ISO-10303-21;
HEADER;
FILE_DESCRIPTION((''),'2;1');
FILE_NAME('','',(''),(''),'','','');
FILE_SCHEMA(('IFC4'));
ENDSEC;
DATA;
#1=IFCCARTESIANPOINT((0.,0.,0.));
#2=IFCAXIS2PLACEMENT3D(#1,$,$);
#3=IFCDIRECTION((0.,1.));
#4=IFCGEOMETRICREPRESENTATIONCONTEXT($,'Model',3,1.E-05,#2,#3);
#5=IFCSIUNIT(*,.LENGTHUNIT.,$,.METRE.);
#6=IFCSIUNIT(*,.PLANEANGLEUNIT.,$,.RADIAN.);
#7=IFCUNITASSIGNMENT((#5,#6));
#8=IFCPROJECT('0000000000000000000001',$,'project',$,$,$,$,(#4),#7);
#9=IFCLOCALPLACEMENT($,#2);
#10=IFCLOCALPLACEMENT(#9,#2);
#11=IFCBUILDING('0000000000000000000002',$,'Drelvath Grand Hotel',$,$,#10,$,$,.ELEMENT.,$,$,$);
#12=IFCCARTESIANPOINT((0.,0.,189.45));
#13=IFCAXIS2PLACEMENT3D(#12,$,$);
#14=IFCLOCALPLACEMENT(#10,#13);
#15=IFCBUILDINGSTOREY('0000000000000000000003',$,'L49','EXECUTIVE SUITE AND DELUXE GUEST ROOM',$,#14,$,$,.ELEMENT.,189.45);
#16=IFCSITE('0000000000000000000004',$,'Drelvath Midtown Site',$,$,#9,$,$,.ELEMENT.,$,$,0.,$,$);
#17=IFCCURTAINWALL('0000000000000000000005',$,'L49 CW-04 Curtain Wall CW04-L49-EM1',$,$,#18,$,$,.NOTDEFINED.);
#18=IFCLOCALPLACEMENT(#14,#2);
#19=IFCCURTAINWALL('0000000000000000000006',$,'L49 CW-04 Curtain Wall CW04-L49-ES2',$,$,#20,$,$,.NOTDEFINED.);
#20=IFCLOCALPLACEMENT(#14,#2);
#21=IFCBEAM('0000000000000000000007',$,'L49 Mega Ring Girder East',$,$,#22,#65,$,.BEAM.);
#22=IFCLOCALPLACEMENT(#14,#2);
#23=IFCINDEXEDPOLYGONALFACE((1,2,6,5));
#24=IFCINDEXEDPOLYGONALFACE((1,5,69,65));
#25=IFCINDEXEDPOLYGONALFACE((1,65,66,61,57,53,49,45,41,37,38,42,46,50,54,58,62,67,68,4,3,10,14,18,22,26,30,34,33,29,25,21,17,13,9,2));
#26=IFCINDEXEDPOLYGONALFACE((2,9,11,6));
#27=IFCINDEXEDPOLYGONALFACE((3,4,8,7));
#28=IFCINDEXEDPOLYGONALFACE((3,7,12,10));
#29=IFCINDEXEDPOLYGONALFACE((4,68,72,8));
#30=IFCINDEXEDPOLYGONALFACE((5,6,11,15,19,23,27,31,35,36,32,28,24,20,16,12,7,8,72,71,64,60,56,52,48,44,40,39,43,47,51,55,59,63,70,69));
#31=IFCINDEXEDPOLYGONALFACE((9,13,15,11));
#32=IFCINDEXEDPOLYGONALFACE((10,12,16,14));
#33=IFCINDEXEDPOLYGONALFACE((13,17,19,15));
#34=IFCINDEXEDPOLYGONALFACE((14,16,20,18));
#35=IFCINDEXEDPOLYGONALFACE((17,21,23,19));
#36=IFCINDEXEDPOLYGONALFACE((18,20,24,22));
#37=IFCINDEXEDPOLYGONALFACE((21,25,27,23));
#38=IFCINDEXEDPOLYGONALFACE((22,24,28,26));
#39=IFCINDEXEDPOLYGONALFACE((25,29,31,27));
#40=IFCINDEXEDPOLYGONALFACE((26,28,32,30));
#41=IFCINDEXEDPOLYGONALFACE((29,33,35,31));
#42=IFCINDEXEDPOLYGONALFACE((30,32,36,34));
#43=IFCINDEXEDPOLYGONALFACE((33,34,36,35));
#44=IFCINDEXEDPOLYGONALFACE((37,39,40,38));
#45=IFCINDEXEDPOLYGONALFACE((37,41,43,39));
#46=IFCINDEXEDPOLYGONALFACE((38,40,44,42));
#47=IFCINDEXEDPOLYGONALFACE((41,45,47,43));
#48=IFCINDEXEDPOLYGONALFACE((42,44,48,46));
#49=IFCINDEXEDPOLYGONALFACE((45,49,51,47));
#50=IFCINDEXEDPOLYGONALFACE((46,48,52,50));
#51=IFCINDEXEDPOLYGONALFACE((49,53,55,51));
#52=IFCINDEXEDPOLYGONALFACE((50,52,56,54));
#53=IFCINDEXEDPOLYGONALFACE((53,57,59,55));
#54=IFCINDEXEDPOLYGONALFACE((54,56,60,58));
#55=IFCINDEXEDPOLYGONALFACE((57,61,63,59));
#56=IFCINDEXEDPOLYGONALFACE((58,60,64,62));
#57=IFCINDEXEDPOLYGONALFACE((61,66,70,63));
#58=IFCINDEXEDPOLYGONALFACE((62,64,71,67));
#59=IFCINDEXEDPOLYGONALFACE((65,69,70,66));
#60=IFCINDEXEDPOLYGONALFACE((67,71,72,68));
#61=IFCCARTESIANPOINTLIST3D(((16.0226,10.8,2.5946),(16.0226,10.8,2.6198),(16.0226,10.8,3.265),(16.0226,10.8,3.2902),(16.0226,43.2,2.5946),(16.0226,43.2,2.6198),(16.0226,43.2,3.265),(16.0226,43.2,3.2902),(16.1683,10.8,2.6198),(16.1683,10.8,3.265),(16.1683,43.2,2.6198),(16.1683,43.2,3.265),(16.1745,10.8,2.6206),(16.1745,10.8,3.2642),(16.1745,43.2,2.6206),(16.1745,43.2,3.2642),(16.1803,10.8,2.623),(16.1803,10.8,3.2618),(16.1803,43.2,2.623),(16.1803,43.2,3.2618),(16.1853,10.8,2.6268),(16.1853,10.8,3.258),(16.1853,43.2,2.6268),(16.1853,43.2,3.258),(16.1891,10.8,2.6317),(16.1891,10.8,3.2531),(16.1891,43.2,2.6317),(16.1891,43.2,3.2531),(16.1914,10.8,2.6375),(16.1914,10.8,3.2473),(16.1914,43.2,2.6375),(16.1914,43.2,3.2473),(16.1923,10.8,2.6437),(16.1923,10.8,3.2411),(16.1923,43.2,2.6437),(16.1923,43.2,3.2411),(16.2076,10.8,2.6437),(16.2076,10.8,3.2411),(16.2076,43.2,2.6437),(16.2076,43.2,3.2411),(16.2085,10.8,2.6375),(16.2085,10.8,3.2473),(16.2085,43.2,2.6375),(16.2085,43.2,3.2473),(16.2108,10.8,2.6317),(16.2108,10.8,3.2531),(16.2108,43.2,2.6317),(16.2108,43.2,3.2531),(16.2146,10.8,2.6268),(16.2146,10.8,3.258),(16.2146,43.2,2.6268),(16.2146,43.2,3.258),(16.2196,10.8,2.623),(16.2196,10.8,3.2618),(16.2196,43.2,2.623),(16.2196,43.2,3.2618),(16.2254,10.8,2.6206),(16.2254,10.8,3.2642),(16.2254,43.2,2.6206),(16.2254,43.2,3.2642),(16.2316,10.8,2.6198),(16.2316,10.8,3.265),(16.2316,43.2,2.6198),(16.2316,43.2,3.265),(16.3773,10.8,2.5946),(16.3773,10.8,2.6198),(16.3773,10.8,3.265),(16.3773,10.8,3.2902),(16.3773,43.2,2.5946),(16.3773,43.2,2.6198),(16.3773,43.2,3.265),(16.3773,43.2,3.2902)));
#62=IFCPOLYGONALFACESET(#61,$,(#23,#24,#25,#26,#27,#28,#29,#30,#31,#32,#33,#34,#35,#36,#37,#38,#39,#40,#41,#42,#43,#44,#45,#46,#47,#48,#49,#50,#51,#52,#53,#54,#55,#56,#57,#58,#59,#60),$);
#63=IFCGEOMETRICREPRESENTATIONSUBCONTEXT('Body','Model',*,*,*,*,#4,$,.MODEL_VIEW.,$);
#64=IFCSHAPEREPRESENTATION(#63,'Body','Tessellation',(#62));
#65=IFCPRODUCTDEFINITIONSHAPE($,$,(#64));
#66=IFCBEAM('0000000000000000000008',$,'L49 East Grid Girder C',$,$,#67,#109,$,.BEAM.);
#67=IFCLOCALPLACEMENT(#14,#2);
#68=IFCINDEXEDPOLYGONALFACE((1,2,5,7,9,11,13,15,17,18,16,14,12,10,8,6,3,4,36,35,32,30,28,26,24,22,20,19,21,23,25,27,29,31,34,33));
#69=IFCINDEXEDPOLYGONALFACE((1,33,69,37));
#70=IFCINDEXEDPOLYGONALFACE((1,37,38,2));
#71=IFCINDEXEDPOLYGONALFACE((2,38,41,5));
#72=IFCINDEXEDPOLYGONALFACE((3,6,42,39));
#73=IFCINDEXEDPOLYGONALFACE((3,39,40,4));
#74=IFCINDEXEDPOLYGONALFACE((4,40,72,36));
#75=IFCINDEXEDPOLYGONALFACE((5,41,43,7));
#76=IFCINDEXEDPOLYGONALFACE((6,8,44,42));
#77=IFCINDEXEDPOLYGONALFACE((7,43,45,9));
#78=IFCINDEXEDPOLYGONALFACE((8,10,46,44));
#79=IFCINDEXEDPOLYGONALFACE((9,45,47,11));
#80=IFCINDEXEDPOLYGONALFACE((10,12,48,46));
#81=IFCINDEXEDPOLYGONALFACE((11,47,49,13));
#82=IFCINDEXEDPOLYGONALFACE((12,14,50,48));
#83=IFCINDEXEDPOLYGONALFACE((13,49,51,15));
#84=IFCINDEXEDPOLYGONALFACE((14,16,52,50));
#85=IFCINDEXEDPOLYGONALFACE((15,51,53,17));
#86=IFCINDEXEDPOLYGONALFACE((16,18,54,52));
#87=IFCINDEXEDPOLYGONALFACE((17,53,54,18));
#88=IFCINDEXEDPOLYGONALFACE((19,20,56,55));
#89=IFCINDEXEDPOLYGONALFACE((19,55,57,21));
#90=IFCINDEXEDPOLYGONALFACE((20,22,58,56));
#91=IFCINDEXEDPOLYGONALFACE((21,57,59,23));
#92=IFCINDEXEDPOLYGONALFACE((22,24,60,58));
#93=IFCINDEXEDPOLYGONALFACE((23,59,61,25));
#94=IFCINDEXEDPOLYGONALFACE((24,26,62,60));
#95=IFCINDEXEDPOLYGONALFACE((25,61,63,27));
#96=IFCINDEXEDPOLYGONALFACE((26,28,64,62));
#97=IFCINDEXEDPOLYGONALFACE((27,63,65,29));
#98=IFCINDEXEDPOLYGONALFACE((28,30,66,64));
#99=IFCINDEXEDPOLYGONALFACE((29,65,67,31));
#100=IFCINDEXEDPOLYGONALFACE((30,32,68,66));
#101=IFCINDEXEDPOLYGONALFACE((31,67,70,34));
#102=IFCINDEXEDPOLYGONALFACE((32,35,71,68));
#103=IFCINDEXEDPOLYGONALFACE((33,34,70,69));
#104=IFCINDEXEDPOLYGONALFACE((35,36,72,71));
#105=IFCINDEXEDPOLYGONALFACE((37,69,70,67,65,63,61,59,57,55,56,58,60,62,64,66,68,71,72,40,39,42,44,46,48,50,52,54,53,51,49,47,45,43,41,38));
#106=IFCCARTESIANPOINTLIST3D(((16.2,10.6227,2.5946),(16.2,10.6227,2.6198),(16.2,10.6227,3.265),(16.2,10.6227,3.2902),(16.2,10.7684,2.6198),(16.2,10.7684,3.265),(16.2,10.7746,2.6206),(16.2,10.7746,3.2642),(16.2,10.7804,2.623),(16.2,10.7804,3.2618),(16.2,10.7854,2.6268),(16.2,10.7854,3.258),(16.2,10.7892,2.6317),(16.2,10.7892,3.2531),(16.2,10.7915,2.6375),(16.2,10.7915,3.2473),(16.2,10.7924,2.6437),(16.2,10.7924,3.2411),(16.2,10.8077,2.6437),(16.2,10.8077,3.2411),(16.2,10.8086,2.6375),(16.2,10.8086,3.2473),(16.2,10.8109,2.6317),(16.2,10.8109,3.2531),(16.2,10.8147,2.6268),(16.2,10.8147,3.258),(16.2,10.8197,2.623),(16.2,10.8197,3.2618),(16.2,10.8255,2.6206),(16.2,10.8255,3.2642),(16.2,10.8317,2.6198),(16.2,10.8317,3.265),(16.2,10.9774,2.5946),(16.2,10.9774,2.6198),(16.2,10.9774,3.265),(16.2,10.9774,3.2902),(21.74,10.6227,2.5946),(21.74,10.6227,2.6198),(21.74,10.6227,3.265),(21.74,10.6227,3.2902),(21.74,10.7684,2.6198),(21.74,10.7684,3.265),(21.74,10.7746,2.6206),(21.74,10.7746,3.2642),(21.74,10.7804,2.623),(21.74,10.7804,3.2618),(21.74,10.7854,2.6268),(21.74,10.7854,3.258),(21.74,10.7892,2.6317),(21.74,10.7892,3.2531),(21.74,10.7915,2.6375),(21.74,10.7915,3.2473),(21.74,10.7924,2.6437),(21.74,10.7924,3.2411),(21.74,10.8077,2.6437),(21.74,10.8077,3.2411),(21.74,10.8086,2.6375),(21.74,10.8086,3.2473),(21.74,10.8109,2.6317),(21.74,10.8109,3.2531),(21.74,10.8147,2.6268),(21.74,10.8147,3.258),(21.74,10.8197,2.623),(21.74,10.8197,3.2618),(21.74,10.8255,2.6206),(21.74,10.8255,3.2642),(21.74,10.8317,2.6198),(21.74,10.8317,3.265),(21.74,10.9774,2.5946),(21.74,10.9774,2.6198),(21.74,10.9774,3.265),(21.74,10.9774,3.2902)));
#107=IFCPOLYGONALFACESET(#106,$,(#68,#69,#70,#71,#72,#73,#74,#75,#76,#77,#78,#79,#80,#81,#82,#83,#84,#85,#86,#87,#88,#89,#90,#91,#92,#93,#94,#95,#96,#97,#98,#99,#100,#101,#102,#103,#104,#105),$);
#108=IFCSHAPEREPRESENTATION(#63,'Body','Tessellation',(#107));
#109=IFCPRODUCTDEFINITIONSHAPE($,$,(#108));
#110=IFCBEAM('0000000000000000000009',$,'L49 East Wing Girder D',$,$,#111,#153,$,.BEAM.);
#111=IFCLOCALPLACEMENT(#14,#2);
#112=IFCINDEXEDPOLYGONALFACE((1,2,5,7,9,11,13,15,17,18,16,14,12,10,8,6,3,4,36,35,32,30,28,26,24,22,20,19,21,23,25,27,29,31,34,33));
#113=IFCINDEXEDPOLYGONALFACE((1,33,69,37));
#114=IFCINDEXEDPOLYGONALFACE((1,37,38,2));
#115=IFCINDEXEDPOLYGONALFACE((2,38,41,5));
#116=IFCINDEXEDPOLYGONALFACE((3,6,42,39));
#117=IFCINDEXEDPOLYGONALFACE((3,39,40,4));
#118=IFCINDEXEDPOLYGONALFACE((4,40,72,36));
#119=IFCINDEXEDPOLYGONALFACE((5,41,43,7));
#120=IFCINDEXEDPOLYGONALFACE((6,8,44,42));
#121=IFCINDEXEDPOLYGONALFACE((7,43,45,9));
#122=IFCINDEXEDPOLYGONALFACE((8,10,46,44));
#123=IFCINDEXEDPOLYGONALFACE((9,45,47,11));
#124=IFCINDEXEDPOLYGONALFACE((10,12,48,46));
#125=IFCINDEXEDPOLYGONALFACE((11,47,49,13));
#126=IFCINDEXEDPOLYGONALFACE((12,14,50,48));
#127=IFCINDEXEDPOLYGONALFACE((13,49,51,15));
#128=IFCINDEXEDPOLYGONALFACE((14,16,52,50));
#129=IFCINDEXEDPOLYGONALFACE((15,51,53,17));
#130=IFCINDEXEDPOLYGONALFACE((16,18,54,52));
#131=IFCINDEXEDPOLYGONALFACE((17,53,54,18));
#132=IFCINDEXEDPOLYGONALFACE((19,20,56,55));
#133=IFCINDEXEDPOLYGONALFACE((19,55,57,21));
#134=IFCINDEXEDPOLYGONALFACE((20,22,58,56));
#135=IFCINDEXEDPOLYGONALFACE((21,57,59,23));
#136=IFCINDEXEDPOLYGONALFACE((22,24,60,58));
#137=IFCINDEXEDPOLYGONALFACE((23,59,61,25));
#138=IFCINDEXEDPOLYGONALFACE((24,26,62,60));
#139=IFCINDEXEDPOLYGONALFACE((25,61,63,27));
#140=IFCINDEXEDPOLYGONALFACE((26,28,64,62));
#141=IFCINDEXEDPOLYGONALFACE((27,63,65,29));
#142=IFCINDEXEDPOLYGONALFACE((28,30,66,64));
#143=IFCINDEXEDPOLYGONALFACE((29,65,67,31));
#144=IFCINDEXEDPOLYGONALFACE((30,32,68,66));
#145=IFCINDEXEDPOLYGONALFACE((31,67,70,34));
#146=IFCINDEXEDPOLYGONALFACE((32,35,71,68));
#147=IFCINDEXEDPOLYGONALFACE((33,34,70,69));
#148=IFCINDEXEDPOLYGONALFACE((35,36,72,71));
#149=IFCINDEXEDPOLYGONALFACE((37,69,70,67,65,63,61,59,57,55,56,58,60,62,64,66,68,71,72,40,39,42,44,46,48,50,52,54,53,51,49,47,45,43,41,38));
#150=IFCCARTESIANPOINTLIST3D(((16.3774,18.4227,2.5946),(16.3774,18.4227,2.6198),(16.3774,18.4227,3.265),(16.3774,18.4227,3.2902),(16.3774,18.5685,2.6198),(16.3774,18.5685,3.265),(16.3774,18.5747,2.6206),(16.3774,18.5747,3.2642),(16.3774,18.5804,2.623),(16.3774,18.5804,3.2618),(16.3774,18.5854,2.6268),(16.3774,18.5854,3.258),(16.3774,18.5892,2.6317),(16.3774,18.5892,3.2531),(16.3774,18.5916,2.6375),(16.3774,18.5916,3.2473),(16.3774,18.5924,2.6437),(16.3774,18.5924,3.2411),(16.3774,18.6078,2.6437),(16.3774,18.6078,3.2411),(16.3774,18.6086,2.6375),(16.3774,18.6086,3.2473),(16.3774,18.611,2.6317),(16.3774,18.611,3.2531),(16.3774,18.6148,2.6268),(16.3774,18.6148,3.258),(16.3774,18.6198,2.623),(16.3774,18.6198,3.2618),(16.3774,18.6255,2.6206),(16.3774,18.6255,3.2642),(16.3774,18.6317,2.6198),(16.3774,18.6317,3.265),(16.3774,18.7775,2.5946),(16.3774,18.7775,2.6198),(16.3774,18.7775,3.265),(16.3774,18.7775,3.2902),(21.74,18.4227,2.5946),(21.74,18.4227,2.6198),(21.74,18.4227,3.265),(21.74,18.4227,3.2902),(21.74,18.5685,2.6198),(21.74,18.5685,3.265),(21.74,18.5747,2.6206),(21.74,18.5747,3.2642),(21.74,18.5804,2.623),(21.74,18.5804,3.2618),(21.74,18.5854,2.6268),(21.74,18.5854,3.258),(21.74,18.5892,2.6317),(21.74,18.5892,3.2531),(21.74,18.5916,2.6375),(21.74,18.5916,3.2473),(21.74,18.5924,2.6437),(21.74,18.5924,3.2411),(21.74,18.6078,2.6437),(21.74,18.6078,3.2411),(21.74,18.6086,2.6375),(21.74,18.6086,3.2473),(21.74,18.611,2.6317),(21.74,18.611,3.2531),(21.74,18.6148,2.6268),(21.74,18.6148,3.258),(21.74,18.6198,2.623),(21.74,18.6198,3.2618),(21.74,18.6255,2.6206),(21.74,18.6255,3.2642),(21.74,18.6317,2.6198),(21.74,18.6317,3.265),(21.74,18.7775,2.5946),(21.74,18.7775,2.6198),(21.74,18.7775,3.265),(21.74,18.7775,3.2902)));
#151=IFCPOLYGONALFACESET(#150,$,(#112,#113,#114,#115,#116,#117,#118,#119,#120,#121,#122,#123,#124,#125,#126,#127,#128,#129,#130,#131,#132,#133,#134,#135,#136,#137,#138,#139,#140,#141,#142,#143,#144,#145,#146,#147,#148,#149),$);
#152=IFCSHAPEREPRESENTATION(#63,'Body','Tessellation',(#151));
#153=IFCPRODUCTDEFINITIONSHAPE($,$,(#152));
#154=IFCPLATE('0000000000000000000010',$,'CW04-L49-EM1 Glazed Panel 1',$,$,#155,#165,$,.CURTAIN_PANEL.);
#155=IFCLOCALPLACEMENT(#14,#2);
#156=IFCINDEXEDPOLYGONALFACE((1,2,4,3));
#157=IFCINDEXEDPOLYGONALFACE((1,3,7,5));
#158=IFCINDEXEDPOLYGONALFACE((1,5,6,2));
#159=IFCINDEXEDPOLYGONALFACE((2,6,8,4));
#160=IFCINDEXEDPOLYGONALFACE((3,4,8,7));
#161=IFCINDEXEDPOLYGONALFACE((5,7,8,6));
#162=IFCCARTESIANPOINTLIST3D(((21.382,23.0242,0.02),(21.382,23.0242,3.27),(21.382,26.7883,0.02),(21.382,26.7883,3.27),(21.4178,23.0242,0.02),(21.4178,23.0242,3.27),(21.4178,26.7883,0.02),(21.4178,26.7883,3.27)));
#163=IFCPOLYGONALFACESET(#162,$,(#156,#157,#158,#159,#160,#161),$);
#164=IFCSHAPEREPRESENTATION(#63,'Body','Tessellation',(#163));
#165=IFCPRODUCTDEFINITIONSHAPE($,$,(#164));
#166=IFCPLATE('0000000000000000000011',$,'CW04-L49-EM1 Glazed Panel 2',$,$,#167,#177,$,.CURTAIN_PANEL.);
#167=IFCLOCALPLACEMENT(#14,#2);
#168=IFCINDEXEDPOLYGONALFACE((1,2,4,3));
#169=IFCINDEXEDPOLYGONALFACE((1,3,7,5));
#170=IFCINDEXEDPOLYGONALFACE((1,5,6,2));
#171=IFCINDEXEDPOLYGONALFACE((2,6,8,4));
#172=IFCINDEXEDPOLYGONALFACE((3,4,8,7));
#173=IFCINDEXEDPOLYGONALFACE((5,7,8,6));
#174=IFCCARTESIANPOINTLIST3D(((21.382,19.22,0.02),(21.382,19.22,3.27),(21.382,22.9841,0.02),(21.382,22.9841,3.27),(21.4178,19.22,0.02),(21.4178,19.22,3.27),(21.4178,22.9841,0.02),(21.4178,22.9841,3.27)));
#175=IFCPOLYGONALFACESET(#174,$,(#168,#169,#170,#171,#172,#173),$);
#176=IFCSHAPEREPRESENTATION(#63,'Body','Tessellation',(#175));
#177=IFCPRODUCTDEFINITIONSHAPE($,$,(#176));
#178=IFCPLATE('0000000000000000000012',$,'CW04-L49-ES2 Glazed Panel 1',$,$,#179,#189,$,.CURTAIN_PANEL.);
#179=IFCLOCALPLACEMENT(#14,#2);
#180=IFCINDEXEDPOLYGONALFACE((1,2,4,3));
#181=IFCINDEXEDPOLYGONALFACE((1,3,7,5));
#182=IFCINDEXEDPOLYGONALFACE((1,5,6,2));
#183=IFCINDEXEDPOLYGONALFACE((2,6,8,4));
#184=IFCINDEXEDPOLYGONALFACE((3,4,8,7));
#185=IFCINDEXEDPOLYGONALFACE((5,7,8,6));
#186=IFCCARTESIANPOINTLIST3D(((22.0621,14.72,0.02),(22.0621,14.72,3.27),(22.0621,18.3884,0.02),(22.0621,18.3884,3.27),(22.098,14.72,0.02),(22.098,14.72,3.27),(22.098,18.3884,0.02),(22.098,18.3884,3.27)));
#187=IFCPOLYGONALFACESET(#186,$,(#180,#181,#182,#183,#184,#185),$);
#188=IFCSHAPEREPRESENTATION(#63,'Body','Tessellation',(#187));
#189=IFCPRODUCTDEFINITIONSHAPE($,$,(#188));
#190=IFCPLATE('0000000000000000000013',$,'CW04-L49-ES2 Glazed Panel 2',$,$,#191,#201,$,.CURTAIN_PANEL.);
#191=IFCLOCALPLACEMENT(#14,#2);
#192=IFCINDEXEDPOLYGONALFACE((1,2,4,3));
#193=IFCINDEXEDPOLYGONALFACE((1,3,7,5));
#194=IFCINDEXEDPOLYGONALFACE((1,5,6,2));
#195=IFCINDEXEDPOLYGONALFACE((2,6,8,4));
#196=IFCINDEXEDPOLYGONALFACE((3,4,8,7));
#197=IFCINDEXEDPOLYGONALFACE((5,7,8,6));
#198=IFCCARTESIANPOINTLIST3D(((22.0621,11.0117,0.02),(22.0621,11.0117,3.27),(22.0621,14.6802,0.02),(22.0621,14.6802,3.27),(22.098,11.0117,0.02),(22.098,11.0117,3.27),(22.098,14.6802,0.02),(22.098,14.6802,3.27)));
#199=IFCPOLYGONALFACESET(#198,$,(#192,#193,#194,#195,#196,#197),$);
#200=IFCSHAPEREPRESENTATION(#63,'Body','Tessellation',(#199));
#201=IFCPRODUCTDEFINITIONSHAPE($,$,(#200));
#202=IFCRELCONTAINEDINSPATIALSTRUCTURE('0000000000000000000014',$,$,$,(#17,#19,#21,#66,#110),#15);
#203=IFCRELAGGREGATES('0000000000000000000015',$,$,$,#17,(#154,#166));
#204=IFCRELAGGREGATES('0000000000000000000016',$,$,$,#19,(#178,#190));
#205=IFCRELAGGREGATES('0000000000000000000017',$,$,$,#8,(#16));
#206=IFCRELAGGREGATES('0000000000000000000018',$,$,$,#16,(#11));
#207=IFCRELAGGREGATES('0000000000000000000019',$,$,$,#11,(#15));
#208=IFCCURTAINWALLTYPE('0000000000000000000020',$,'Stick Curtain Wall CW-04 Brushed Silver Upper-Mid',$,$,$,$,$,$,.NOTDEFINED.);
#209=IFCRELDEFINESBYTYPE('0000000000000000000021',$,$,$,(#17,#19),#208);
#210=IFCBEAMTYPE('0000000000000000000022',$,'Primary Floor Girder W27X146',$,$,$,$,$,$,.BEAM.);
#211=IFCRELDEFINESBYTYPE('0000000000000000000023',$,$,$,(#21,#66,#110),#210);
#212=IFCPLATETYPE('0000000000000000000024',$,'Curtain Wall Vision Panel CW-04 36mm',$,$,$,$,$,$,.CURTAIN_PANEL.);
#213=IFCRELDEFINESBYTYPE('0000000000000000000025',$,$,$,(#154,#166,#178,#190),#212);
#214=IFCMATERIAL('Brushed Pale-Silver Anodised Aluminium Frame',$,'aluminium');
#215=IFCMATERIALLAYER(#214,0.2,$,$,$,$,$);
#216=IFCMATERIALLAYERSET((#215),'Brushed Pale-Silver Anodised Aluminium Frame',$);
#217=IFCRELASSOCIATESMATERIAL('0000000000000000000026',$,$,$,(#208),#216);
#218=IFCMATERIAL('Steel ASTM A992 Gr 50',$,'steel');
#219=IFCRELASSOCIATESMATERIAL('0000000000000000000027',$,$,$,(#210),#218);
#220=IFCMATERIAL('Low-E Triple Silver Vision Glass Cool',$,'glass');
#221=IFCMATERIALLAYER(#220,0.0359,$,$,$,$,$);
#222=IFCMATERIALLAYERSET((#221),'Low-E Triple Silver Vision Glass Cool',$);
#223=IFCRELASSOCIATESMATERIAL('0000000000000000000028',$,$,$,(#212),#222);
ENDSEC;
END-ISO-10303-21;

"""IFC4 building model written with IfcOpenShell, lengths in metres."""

from ifc_helpers import new_model, si_unit, direction, frame, origin, origin_2d, place, context, subcontext, project, spatial, rectangle, i_section, extrude, material, layer, layer_set, material_profile, profile_set, type_object, element, aggregate, save


model = new_model("IFC4")

# Units and contexts
model_context = context("Model", 3, precision=1e-05, world=origin(), true_north=direction((0.0, 1.0)))
body_context = subcontext(model_context, "Body", "Model", "MODEL_VIEW")
ifc_project = project(units=[si_unit("LENGTHUNIT", "METRE"), si_unit("PLANEANGLEUNIT", "RADIAN")], contexts=[model_context])

# Site, building, storey
site_placement = place(None, origin())
site = spatial("IfcSite", under=ifc_project, at=site_placement, Name="Drelvath Midtown Site", CompositionType="ELEMENT", RefElevation=0.0)
building_placement = place(site_placement, origin())
building = spatial("IfcBuilding", under=site, at=building_placement, Name="Drelvath Grand Hotel", CompositionType="ELEMENT")
storey_placement = place(building_placement, frame((0.0, 0.0, 189.45)))
storey = spatial("IfcBuildingStorey", under=building, at=storey_placement, Name="L49", Description="EXECUTIVE SUITE AND DELUXE GUEST ROOM", CompositionType="ELEMENT", Elevation=189.45)

# Curtain walls
ifc_material_1 = material(Name="Brushed Pale-Silver Anodised Aluminium Frame", Category="aluminium")
ifc_layer_1 = layer(ifc_material_1, 0.2)
ifc_layer_set_1 = layer_set([ifc_layer_1], Name="Brushed Pale-Silver Anodised Aluminium Frame")
curtain_wall_type = type_object("IfcCurtainWallType", Name="Stick Curtain Wall CW-04 Brushed Silver Upper-Mid", PredefinedType="NOTDEFINED", material=ifc_layer_set_1)
curtain_wall_1_placement = place(storey_placement, origin())
curtain_wall_1 = element("IfcCurtainWall", 1, at=curtain_wall_1_placement, inside=storey, type_object=curtain_wall_type, Name="L49 CW-04 Curtain Wall CW04-L49-EM1", PredefinedType="NOTDEFINED")
curtain_wall_2_placement = place(storey_placement, origin())
curtain_wall_2 = element("IfcCurtainWall", 2, at=curtain_wall_2_placement, inside=storey, type_object=curtain_wall_type, Name="L49 CW-04 Curtain Wall CW04-L49-ES2", PredefinedType="NOTDEFINED")

# Beams
ifc_material_2 = material(Name="Steel ASTM A992 Gr 50", Category="steel")
ifc_material_profile_1 = material_profile(ifc_material_2, i_section(OverallWidth=0.3547, OverallDepth=0.6956, WebThickness=0.0154, FlangeThickness=0.0251, FilletRadius=0.0239, at=origin_2d()), Name="W27X146")
ifc_profile_set_1 = profile_set([ifc_material_profile_1], Name="Steel ASTM A992 Gr 50")
beam_type_1 = type_object("IfcBeamType", Name="Primary Floor Girder W27X146", PredefinedType="BEAM", material=ifc_profile_set_1)
beam_1_placement = place(storey_placement, frame((16.2, 10.8, 2.9424), z_axis=(0.0, 1.0, 0.0), x_axis=(-1.0, 0.0, 0.0)))
element("IfcBeam", 3, at=beam_1_placement, inside=storey, type_object=beam_type_1, Name="L49 Mega Ring Girder East", PredefinedType="BEAM", context=body_context, shape_type="SweptSolid", body=[
    extrude(i_section(OverallWidth=0.3547, OverallDepth=0.6956, WebThickness=0.0154, FlangeThickness=0.0251, FilletRadius=0.0239, at=origin_2d()), origin(), (0.0, 0.0, 1.0), 32.3999),
])
beam_2_placement = place(storey_placement, frame((16.2, 10.8, 2.9424), z_axis=(1.0, 0.0, 0.0), x_axis=(0.0, 1.0, 0.0)))
element("IfcBeam", 4, at=beam_2_placement, inside=storey, type_object=beam_type_1, Name="L49 East Grid Girder C", PredefinedType="BEAM", context=body_context, shape_type="SweptSolid", body=[
    extrude(i_section(OverallWidth=0.3547, OverallDepth=0.6956, WebThickness=0.0154, FlangeThickness=0.0251, FilletRadius=0.0239, at=origin_2d()), origin(), (0.0, 0.0, 1.0), 5.54),
])
beam_3_placement = place(storey_placement, frame((16.3774, 18.6001, 2.9424), z_axis=(1.0, 0.0, 0.0), x_axis=(0.0, 1.0, 0.0)))
element("IfcBeam", 5, at=beam_3_placement, inside=storey, type_object=beam_type_1, Name="L49 East Wing Girder D", PredefinedType="BEAM", context=body_context, shape_type="SweptSolid", body=[
    extrude(i_section(OverallWidth=0.3547, OverallDepth=0.6956, WebThickness=0.0154, FlangeThickness=0.0251, FilletRadius=0.0239, at=origin_2d()), origin(), (0.0, 0.0, 1.0), 5.3625),
])

# Plates
ifc_material_3 = material(Name="Low-E Triple Silver Vision Glass Cool", Category="glass")
ifc_layer_2 = layer(ifc_material_3, 0.0359)
ifc_layer_set_2 = layer_set([ifc_layer_2], Name="Low-E Triple Silver Vision Glass Cool")
plate_type = type_object("IfcPlateType", Name="Curtain Wall Vision Panel CW-04 36mm", PredefinedType="CURTAIN_PANEL", material=ifc_layer_set_2)
plate_1_placement = place(storey_placement, frame((21.3999, 24.9062, 0.02), z_axis=(0.0, 0.0, 1.0), x_axis=(0.0, -1.0, 0.0)))
plate_1 = element("IfcPlate", 6, at=plate_1_placement, type_object=plate_type, Name="CW04-L49-EM1 Glazed Panel 1", PredefinedType="CURTAIN_PANEL", context=body_context, shape_type="SweptSolid", body=[
    extrude(rectangle(XDim=3.7642, YDim=0.0359, at=origin_2d()), origin(), (0.0, 0.0, 1.0), 3.25),
])
plate_2_placement = place(storey_placement, frame((21.3999, 21.1021, 0.02), z_axis=(0.0, 0.0, 1.0), x_axis=(0.0, -1.0, 0.0)))
plate_2 = element("IfcPlate", 7, at=plate_2_placement, type_object=plate_type, Name="CW04-L49-EM1 Glazed Panel 2", PredefinedType="CURTAIN_PANEL", context=body_context, shape_type="SweptSolid", body=[
    extrude(rectangle(XDim=3.7642, YDim=0.0359, at=origin_2d()), origin(), (0.0, 0.0, 1.0), 3.25),
])
aggregate(curtain_wall_1, [plate_1, plate_2])
plate_3_placement = place(storey_placement, frame((22.0801, 16.5542, 0.02), z_axis=(0.0, 0.0, 1.0), x_axis=(0.0, -1.0, 0.0)))
plate_3 = element("IfcPlate", 8, at=plate_3_placement, type_object=plate_type, Name="CW04-L49-ES2 Glazed Panel 1", PredefinedType="CURTAIN_PANEL", context=body_context, shape_type="SweptSolid", body=[
    extrude(rectangle(XDim=3.6685, YDim=0.0359, at=origin_2d()), origin(), (0.0, 0.0, 1.0), 3.25),
])
plate_4_placement = place(storey_placement, frame((22.0801, 12.8459, 0.02), z_axis=(0.0, 0.0, 1.0), x_axis=(0.0, -1.0, 0.0)))
plate_4 = element("IfcPlate", 9, at=plate_4_placement, type_object=plate_type, Name="CW04-L49-ES2 Glazed Panel 2", PredefinedType="CURTAIN_PANEL", context=body_context, shape_type="SweptSolid", body=[
    extrude(rectangle(XDim=3.6685, YDim=0.0359, at=origin_2d()), origin(), (0.0, 0.0, 1.0), 3.25),
])
aggregate(curtain_wall_2, [plate_3, plate_4])

save(model, "model.ifc")
